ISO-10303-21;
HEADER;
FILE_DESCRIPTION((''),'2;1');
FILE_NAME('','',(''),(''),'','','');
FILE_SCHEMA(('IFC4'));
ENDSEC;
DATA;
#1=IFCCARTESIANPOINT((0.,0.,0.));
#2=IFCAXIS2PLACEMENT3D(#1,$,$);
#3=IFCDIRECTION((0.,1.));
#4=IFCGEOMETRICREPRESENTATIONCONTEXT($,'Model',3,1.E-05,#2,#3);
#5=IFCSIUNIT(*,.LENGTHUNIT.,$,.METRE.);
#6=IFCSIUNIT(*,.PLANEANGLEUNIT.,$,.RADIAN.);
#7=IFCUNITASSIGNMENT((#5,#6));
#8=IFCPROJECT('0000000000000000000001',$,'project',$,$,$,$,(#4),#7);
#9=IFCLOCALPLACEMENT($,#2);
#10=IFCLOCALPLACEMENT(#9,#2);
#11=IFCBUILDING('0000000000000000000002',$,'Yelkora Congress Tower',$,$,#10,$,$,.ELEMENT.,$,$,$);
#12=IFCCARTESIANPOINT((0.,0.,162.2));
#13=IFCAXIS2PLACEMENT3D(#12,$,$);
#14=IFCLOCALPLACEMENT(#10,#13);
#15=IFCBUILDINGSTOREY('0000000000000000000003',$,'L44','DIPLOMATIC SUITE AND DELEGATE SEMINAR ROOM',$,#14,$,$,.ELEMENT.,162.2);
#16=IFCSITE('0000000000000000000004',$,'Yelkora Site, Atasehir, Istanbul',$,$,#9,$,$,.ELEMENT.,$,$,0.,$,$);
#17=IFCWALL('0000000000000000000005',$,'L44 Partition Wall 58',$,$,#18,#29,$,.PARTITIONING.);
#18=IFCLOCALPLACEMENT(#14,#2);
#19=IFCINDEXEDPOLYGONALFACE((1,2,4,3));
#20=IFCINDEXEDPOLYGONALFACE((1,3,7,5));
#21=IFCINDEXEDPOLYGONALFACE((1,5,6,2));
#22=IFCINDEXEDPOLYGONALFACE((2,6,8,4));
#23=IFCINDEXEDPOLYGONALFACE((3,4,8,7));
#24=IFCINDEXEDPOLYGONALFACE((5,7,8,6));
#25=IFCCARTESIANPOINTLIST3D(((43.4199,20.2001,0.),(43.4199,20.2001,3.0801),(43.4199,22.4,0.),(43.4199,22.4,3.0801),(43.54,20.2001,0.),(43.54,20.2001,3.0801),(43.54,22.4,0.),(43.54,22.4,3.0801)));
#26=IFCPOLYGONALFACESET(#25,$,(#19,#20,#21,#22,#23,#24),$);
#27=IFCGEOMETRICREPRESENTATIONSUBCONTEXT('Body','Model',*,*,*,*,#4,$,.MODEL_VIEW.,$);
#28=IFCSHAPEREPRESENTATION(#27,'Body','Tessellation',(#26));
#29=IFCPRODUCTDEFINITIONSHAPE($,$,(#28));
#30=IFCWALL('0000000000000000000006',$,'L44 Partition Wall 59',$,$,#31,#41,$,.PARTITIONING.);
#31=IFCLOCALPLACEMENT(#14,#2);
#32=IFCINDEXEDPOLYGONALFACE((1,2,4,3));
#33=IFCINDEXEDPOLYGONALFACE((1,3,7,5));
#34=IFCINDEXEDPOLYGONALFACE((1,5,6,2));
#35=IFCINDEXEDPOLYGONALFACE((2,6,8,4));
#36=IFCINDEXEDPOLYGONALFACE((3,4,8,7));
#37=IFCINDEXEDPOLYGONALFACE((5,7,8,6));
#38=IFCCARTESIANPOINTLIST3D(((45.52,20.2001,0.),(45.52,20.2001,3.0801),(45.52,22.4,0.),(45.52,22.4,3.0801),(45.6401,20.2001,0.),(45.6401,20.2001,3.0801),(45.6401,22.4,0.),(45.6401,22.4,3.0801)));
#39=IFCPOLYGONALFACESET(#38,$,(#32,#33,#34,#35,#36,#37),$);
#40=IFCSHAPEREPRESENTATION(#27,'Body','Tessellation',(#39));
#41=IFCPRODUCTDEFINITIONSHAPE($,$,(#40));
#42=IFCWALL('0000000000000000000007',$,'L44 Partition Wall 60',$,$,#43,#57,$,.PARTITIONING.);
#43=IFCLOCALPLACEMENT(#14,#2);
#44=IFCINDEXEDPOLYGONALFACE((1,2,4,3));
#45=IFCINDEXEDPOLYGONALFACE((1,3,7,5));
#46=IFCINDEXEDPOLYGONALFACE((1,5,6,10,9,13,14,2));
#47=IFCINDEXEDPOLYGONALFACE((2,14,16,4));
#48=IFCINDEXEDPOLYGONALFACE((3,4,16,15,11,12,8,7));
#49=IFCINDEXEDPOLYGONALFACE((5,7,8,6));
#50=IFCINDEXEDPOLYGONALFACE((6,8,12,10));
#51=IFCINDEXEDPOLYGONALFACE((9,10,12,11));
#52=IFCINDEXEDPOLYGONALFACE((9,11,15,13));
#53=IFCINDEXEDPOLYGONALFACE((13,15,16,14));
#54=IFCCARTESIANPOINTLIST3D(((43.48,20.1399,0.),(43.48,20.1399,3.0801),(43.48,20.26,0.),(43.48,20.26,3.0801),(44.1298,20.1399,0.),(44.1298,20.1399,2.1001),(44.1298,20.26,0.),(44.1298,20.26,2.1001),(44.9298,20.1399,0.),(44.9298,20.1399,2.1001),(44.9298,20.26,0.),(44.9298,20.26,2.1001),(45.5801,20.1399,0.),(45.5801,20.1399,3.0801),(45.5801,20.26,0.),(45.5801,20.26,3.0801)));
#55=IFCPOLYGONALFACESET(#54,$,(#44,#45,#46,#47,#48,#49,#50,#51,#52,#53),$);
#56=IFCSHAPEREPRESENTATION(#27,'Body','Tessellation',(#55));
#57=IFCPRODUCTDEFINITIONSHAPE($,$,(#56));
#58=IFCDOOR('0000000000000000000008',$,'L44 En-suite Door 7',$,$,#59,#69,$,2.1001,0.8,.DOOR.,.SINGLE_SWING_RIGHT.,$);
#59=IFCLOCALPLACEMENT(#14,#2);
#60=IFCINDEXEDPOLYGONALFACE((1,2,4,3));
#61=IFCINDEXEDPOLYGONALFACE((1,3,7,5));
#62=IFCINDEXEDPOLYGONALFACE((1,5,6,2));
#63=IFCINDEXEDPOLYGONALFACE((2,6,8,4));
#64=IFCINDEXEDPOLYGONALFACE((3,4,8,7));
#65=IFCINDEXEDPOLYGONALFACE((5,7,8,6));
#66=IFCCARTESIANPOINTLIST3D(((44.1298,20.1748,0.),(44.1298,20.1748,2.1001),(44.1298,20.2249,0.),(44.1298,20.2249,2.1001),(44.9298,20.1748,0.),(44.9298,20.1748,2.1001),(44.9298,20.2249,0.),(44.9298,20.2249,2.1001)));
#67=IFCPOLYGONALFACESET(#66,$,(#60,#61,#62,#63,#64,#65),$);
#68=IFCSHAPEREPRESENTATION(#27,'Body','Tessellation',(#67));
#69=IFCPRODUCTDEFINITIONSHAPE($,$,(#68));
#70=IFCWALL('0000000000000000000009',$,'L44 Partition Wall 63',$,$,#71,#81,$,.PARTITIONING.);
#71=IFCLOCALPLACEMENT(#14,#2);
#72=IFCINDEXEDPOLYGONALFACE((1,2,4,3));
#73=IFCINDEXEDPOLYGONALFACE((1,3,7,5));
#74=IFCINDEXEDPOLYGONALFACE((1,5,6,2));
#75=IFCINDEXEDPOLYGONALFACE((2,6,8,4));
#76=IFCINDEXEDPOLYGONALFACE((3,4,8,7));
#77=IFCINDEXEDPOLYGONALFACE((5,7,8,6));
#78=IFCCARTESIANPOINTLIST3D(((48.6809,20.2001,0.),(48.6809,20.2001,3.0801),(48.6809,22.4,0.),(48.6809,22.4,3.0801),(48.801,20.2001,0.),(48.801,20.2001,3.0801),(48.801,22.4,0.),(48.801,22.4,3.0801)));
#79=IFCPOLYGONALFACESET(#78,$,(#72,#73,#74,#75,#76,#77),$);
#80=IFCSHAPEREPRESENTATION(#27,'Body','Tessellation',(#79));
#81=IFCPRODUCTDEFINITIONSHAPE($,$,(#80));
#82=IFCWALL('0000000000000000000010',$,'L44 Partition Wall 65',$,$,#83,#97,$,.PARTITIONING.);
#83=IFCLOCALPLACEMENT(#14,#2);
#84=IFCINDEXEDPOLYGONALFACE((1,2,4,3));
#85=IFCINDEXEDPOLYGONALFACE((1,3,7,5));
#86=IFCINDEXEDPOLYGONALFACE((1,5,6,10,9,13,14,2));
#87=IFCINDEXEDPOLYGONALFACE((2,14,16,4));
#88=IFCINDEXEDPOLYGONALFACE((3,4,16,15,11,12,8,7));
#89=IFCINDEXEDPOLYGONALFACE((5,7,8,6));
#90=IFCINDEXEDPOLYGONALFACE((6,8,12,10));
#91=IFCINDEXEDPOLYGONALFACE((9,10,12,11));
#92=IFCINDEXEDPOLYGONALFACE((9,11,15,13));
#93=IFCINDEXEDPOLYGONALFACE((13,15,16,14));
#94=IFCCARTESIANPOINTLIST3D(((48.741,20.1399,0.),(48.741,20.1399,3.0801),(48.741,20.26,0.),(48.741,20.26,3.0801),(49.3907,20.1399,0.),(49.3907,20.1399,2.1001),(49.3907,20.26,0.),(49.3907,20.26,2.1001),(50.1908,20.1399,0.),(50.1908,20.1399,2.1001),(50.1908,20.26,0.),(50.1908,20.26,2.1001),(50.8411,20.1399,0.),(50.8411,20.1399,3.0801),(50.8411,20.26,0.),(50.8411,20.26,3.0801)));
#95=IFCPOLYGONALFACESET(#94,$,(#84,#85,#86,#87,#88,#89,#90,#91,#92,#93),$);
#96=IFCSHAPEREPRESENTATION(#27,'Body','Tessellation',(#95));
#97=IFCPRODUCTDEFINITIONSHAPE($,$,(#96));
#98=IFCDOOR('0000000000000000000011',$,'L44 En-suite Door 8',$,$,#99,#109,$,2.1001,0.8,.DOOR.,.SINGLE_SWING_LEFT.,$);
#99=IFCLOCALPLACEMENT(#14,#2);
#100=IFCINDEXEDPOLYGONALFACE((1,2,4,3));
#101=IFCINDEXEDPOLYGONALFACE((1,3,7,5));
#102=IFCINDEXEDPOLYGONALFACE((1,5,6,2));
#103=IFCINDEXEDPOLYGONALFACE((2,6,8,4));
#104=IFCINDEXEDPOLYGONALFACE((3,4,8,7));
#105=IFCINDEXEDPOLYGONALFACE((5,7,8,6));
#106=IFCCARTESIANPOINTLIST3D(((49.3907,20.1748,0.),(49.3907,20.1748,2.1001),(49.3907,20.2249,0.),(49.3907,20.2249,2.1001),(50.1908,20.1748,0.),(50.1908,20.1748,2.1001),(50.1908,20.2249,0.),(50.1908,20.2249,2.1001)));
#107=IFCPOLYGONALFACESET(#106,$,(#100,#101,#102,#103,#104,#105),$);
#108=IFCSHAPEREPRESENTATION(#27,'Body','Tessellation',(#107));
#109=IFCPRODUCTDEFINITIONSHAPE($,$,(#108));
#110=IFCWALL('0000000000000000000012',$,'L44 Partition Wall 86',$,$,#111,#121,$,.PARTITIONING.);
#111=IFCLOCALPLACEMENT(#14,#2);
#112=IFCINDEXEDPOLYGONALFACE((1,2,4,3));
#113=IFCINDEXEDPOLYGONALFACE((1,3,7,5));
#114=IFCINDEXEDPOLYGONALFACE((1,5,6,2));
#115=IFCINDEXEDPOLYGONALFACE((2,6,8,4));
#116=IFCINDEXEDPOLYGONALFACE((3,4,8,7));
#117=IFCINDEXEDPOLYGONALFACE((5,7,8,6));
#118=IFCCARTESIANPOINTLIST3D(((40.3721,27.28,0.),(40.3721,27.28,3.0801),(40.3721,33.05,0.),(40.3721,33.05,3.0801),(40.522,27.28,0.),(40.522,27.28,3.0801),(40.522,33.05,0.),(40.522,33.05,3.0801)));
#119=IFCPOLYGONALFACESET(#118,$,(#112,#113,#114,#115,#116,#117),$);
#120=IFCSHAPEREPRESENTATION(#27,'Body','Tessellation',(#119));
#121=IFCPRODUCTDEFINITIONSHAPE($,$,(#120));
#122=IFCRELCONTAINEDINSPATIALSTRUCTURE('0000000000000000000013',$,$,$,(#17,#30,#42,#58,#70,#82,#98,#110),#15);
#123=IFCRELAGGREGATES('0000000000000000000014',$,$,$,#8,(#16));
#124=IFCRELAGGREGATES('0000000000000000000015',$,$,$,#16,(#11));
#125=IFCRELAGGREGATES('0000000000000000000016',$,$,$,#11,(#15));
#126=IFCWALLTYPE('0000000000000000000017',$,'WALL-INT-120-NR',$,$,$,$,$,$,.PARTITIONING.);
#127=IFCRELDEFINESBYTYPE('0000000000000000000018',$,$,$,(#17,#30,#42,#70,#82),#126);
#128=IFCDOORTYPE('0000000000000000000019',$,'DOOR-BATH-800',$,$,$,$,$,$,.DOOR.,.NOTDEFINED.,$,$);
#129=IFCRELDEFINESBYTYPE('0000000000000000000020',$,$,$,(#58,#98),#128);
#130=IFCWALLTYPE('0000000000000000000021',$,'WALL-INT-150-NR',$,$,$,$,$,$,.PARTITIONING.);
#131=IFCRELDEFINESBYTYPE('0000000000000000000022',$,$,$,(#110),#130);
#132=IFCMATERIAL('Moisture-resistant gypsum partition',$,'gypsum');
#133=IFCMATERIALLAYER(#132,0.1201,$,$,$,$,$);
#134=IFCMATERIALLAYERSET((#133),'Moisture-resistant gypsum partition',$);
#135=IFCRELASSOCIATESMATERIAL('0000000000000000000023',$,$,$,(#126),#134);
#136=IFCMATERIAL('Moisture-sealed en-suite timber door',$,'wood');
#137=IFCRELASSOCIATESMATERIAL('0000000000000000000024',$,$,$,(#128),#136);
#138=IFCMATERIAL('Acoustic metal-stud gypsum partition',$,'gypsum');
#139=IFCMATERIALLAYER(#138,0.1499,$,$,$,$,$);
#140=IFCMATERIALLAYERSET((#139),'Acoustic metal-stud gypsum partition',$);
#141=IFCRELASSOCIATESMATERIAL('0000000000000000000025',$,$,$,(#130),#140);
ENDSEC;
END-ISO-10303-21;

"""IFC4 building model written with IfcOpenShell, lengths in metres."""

from ifc_helpers import new_model, si_unit, direction, frame, frame_2d, origin, place, context, subcontext, project, spatial, rectangle, extrude, material, layer, layer_set, type_object, element, fill, save


model = new_model("IFC4")

# Units and contexts
model_context = context("Model", 3, precision=1e-05, world=origin(), true_north=direction((0.0, 1.0)))
body_context = subcontext(model_context, "Body", "Model", "MODEL_VIEW")
ifc_project = project(units=[si_unit("LENGTHUNIT", "METRE"), si_unit("PLANEANGLEUNIT", "RADIAN")], contexts=[model_context])

# Site, building, storey
site_placement = place(None, origin())
site = spatial("IfcSite", under=ifc_project, at=site_placement, Name="Yelkora Site, Atasehir, Istanbul", CompositionType="ELEMENT", RefElevation=0.0)
building_placement = place(site_placement, origin())
building = spatial("IfcBuilding", under=site, at=building_placement, Name="Yelkora Congress Tower", CompositionType="ELEMENT")
storey_placement = place(building_placement, frame((0.0, 0.0, 162.2)))
storey = spatial("IfcBuildingStorey", under=building, at=storey_placement, Name="L44", Description="DIPLOMATIC SUITE AND DELEGATE SEMINAR ROOM", CompositionType="ELEMENT", Elevation=162.2)

# Shared definitions
ifc_material_1 = material(Name="Moisture-resistant gypsum partition", Category="gypsum")
ifc_layer_1 = layer(ifc_material_1, 0.1201)
ifc_layer_set_1 = layer_set([ifc_layer_1], Name="Moisture-resistant gypsum partition")
wall_type_1 = type_object("IfcWallType", Name="WALL-INT-120-NR", PredefinedType="PARTITIONING", material=ifc_layer_set_1)

# Shared definitions
ifc_material_2 = material(Name="Moisture-sealed en-suite timber door", Category="wood")
door_type = type_object("IfcDoorType", Name="DOOR-BATH-800", OperationType="NOTDEFINED", PredefinedType="DOOR", material=ifc_material_2)

# Walls
for number, where, z_axis, x_axis, name in (
    (1, (43.48, 20.2, 0.0), (0.0, 0.0, 1.0), (0.0, 1.0, 0.0), "L44 Partition Wall 58"),
    (2, (45.5801, 20.2, 0.0), (0.0, 0.0, 1.0), (0.0, 1.0, 0.0), "L44 Partition Wall 59"),
):
    element("IfcWall", number, at=place(storey_placement, frame(where, z_axis=z_axis, x_axis=x_axis)), inside=storey, type_object=wall_type_1, Name=name, PredefinedType="PARTITIONING", context=body_context, shape_type="SweptSolid", body=[
        extrude(rectangle(XDim=2.2, YDim=0.1201, at=frame_2d((1.1001, 0.0))), origin(), (0.0, 0.0, 1.0), 3.0801),
    ])

# Wall, opening, door
wall_1_placement = place(storey_placement, frame((43.48, 20.2, 0.0), z_axis=(0.0, 0.0, 1.0), x_axis=(1.0, 0.0, 0.0)))
wall_1 = element("IfcWall", 3, at=wall_1_placement, inside=storey, type_object=wall_type_1, Name="L44 Partition Wall 60", PredefinedType="PARTITIONING", context=body_context, shape_type="SweptSolid", body=[
    extrude(rectangle(XDim=2.1001, YDim=0.1201, at=frame_2d((1.05, 0.0))), origin(), (0.0, 0.0, 1.0), 3.0801),
])
opening_1_placement = place(wall_1_placement, frame((0.6499, 0.0, 0.0)))
opening_1 = element("IfcOpeningElement", 4, at=opening_1_placement, cuts=wall_1, PredefinedType="OPENING", context=body_context, shape_type="SweptSolid", body=[
    extrude(rectangle(XDim=0.8, YDim=2.1001, at=frame_2d((0.3999, 1.05))), frame((0.0, 0.0701, 0.0), z_axis=(0.0, -1.0, 0.0), x_axis=(1.0, 0.0, 0.0)), (0.0, 0.0, 1.0), 0.1401),
])
door_1_placement = place(opening_1_placement, origin())
door_1 = element("IfcDoor", 5, at=door_1_placement, inside=storey, type_object=door_type, Name="L44 En-suite Door 7", OperationType="SINGLE_SWING_RIGHT", OverallHeight=2.1001, OverallWidth=0.8, PredefinedType="DOOR", context=body_context, shape_type="SweptSolid", body=[
    extrude(rectangle(XDim=0.8, YDim=2.1001, at=frame_2d((0.3999, 1.05))), frame((0.0, 0.0249, 0.0), z_axis=(0.0, -1.0, 0.0), x_axis=(1.0, 0.0, 0.0)), (0.0, 0.0, 1.0), 0.05),
])
fill(opening_1, door_1)

# Wall
wall_2_placement = place(storey_placement, frame((48.741, 20.2, 0.0), z_axis=(0.0, 0.0, 1.0), x_axis=(0.0, 1.0, 0.0)))
element("IfcWall", 6, at=wall_2_placement, inside=storey, type_object=wall_type_1, Name="L44 Partition Wall 63", PredefinedType="PARTITIONING", context=body_context, shape_type="SweptSolid", body=[
    extrude(rectangle(XDim=2.2, YDim=0.1201, at=frame_2d((1.1001, 0.0))), origin(), (0.0, 0.0, 1.0), 3.0801),
])

# Wall, opening, door
wall_3_placement = place(storey_placement, frame((48.741, 20.2, 0.0), z_axis=(0.0, 0.0, 1.0), x_axis=(1.0, 0.0, 0.0)))
wall_3 = element("IfcWall", 7, at=wall_3_placement, inside=storey, type_object=wall_type_1, Name="L44 Partition Wall 65", PredefinedType="PARTITIONING", context=body_context, shape_type="SweptSolid", body=[
    extrude(rectangle(XDim=2.1001, YDim=0.1201, at=frame_2d((1.05, 0.0))), origin(), (0.0, 0.0, 1.0), 3.0801),
])
opening_2_placement = place(wall_3_placement, frame((0.6499, 0.0, 0.0)))
opening_2 = element("IfcOpeningElement", 8, at=opening_2_placement, cuts=wall_3, PredefinedType="OPENING", context=body_context, shape_type="SweptSolid", body=[
    extrude(rectangle(XDim=0.8, YDim=2.1001, at=frame_2d((0.3999, 1.05))), frame((0.0, 0.0701, 0.0), z_axis=(0.0, -1.0, 0.0), x_axis=(1.0, 0.0, 0.0)), (0.0, 0.0, 1.0), 0.1401),
])
door_2_placement = place(opening_2_placement, origin())
door_2 = element("IfcDoor", 9, at=door_2_placement, inside=storey, type_object=door_type, Name="L44 En-suite Door 8", OperationType="SINGLE_SWING_LEFT", OverallHeight=2.1001, OverallWidth=0.8, PredefinedType="DOOR", context=body_context, shape_type="SweptSolid", body=[
    extrude(rectangle(XDim=0.8, YDim=2.1001, at=frame_2d((0.3999, 1.05))), frame((0.0, 0.0249, 0.0), z_axis=(0.0, -1.0, 0.0), x_axis=(1.0, 0.0, 0.0)), (0.0, 0.0, 1.0), 0.05),
])
fill(opening_2, door_2)

# Wall
ifc_material_3 = material(Name="Acoustic metal-stud gypsum partition", Category="gypsum")
ifc_layer_2 = layer(ifc_material_3, 0.1499)
ifc_layer_set_2 = layer_set([ifc_layer_2], Name="Acoustic metal-stud gypsum partition")
wall_type_2 = type_object("IfcWallType", Name="WALL-INT-150-NR", PredefinedType="PARTITIONING", material=ifc_layer_set_2)
wall_4_placement = place(storey_placement, frame((40.447, 27.28, 0.0), z_axis=(0.0, 0.0, 1.0), x_axis=(0.0, 1.0, 0.0)))
element("IfcWall", 10, at=wall_4_placement, inside=storey, type_object=wall_type_2, Name="L44 Partition Wall 86", PredefinedType="PARTITIONING", context=body_context, shape_type="SweptSolid", body=[
    extrude(rectangle(XDim=5.77, YDim=0.1499, at=frame_2d((2.885, 0.0))), origin(), (0.0, 0.0, 1.0), 3.0801),
])

save(model, "model.ifc")
